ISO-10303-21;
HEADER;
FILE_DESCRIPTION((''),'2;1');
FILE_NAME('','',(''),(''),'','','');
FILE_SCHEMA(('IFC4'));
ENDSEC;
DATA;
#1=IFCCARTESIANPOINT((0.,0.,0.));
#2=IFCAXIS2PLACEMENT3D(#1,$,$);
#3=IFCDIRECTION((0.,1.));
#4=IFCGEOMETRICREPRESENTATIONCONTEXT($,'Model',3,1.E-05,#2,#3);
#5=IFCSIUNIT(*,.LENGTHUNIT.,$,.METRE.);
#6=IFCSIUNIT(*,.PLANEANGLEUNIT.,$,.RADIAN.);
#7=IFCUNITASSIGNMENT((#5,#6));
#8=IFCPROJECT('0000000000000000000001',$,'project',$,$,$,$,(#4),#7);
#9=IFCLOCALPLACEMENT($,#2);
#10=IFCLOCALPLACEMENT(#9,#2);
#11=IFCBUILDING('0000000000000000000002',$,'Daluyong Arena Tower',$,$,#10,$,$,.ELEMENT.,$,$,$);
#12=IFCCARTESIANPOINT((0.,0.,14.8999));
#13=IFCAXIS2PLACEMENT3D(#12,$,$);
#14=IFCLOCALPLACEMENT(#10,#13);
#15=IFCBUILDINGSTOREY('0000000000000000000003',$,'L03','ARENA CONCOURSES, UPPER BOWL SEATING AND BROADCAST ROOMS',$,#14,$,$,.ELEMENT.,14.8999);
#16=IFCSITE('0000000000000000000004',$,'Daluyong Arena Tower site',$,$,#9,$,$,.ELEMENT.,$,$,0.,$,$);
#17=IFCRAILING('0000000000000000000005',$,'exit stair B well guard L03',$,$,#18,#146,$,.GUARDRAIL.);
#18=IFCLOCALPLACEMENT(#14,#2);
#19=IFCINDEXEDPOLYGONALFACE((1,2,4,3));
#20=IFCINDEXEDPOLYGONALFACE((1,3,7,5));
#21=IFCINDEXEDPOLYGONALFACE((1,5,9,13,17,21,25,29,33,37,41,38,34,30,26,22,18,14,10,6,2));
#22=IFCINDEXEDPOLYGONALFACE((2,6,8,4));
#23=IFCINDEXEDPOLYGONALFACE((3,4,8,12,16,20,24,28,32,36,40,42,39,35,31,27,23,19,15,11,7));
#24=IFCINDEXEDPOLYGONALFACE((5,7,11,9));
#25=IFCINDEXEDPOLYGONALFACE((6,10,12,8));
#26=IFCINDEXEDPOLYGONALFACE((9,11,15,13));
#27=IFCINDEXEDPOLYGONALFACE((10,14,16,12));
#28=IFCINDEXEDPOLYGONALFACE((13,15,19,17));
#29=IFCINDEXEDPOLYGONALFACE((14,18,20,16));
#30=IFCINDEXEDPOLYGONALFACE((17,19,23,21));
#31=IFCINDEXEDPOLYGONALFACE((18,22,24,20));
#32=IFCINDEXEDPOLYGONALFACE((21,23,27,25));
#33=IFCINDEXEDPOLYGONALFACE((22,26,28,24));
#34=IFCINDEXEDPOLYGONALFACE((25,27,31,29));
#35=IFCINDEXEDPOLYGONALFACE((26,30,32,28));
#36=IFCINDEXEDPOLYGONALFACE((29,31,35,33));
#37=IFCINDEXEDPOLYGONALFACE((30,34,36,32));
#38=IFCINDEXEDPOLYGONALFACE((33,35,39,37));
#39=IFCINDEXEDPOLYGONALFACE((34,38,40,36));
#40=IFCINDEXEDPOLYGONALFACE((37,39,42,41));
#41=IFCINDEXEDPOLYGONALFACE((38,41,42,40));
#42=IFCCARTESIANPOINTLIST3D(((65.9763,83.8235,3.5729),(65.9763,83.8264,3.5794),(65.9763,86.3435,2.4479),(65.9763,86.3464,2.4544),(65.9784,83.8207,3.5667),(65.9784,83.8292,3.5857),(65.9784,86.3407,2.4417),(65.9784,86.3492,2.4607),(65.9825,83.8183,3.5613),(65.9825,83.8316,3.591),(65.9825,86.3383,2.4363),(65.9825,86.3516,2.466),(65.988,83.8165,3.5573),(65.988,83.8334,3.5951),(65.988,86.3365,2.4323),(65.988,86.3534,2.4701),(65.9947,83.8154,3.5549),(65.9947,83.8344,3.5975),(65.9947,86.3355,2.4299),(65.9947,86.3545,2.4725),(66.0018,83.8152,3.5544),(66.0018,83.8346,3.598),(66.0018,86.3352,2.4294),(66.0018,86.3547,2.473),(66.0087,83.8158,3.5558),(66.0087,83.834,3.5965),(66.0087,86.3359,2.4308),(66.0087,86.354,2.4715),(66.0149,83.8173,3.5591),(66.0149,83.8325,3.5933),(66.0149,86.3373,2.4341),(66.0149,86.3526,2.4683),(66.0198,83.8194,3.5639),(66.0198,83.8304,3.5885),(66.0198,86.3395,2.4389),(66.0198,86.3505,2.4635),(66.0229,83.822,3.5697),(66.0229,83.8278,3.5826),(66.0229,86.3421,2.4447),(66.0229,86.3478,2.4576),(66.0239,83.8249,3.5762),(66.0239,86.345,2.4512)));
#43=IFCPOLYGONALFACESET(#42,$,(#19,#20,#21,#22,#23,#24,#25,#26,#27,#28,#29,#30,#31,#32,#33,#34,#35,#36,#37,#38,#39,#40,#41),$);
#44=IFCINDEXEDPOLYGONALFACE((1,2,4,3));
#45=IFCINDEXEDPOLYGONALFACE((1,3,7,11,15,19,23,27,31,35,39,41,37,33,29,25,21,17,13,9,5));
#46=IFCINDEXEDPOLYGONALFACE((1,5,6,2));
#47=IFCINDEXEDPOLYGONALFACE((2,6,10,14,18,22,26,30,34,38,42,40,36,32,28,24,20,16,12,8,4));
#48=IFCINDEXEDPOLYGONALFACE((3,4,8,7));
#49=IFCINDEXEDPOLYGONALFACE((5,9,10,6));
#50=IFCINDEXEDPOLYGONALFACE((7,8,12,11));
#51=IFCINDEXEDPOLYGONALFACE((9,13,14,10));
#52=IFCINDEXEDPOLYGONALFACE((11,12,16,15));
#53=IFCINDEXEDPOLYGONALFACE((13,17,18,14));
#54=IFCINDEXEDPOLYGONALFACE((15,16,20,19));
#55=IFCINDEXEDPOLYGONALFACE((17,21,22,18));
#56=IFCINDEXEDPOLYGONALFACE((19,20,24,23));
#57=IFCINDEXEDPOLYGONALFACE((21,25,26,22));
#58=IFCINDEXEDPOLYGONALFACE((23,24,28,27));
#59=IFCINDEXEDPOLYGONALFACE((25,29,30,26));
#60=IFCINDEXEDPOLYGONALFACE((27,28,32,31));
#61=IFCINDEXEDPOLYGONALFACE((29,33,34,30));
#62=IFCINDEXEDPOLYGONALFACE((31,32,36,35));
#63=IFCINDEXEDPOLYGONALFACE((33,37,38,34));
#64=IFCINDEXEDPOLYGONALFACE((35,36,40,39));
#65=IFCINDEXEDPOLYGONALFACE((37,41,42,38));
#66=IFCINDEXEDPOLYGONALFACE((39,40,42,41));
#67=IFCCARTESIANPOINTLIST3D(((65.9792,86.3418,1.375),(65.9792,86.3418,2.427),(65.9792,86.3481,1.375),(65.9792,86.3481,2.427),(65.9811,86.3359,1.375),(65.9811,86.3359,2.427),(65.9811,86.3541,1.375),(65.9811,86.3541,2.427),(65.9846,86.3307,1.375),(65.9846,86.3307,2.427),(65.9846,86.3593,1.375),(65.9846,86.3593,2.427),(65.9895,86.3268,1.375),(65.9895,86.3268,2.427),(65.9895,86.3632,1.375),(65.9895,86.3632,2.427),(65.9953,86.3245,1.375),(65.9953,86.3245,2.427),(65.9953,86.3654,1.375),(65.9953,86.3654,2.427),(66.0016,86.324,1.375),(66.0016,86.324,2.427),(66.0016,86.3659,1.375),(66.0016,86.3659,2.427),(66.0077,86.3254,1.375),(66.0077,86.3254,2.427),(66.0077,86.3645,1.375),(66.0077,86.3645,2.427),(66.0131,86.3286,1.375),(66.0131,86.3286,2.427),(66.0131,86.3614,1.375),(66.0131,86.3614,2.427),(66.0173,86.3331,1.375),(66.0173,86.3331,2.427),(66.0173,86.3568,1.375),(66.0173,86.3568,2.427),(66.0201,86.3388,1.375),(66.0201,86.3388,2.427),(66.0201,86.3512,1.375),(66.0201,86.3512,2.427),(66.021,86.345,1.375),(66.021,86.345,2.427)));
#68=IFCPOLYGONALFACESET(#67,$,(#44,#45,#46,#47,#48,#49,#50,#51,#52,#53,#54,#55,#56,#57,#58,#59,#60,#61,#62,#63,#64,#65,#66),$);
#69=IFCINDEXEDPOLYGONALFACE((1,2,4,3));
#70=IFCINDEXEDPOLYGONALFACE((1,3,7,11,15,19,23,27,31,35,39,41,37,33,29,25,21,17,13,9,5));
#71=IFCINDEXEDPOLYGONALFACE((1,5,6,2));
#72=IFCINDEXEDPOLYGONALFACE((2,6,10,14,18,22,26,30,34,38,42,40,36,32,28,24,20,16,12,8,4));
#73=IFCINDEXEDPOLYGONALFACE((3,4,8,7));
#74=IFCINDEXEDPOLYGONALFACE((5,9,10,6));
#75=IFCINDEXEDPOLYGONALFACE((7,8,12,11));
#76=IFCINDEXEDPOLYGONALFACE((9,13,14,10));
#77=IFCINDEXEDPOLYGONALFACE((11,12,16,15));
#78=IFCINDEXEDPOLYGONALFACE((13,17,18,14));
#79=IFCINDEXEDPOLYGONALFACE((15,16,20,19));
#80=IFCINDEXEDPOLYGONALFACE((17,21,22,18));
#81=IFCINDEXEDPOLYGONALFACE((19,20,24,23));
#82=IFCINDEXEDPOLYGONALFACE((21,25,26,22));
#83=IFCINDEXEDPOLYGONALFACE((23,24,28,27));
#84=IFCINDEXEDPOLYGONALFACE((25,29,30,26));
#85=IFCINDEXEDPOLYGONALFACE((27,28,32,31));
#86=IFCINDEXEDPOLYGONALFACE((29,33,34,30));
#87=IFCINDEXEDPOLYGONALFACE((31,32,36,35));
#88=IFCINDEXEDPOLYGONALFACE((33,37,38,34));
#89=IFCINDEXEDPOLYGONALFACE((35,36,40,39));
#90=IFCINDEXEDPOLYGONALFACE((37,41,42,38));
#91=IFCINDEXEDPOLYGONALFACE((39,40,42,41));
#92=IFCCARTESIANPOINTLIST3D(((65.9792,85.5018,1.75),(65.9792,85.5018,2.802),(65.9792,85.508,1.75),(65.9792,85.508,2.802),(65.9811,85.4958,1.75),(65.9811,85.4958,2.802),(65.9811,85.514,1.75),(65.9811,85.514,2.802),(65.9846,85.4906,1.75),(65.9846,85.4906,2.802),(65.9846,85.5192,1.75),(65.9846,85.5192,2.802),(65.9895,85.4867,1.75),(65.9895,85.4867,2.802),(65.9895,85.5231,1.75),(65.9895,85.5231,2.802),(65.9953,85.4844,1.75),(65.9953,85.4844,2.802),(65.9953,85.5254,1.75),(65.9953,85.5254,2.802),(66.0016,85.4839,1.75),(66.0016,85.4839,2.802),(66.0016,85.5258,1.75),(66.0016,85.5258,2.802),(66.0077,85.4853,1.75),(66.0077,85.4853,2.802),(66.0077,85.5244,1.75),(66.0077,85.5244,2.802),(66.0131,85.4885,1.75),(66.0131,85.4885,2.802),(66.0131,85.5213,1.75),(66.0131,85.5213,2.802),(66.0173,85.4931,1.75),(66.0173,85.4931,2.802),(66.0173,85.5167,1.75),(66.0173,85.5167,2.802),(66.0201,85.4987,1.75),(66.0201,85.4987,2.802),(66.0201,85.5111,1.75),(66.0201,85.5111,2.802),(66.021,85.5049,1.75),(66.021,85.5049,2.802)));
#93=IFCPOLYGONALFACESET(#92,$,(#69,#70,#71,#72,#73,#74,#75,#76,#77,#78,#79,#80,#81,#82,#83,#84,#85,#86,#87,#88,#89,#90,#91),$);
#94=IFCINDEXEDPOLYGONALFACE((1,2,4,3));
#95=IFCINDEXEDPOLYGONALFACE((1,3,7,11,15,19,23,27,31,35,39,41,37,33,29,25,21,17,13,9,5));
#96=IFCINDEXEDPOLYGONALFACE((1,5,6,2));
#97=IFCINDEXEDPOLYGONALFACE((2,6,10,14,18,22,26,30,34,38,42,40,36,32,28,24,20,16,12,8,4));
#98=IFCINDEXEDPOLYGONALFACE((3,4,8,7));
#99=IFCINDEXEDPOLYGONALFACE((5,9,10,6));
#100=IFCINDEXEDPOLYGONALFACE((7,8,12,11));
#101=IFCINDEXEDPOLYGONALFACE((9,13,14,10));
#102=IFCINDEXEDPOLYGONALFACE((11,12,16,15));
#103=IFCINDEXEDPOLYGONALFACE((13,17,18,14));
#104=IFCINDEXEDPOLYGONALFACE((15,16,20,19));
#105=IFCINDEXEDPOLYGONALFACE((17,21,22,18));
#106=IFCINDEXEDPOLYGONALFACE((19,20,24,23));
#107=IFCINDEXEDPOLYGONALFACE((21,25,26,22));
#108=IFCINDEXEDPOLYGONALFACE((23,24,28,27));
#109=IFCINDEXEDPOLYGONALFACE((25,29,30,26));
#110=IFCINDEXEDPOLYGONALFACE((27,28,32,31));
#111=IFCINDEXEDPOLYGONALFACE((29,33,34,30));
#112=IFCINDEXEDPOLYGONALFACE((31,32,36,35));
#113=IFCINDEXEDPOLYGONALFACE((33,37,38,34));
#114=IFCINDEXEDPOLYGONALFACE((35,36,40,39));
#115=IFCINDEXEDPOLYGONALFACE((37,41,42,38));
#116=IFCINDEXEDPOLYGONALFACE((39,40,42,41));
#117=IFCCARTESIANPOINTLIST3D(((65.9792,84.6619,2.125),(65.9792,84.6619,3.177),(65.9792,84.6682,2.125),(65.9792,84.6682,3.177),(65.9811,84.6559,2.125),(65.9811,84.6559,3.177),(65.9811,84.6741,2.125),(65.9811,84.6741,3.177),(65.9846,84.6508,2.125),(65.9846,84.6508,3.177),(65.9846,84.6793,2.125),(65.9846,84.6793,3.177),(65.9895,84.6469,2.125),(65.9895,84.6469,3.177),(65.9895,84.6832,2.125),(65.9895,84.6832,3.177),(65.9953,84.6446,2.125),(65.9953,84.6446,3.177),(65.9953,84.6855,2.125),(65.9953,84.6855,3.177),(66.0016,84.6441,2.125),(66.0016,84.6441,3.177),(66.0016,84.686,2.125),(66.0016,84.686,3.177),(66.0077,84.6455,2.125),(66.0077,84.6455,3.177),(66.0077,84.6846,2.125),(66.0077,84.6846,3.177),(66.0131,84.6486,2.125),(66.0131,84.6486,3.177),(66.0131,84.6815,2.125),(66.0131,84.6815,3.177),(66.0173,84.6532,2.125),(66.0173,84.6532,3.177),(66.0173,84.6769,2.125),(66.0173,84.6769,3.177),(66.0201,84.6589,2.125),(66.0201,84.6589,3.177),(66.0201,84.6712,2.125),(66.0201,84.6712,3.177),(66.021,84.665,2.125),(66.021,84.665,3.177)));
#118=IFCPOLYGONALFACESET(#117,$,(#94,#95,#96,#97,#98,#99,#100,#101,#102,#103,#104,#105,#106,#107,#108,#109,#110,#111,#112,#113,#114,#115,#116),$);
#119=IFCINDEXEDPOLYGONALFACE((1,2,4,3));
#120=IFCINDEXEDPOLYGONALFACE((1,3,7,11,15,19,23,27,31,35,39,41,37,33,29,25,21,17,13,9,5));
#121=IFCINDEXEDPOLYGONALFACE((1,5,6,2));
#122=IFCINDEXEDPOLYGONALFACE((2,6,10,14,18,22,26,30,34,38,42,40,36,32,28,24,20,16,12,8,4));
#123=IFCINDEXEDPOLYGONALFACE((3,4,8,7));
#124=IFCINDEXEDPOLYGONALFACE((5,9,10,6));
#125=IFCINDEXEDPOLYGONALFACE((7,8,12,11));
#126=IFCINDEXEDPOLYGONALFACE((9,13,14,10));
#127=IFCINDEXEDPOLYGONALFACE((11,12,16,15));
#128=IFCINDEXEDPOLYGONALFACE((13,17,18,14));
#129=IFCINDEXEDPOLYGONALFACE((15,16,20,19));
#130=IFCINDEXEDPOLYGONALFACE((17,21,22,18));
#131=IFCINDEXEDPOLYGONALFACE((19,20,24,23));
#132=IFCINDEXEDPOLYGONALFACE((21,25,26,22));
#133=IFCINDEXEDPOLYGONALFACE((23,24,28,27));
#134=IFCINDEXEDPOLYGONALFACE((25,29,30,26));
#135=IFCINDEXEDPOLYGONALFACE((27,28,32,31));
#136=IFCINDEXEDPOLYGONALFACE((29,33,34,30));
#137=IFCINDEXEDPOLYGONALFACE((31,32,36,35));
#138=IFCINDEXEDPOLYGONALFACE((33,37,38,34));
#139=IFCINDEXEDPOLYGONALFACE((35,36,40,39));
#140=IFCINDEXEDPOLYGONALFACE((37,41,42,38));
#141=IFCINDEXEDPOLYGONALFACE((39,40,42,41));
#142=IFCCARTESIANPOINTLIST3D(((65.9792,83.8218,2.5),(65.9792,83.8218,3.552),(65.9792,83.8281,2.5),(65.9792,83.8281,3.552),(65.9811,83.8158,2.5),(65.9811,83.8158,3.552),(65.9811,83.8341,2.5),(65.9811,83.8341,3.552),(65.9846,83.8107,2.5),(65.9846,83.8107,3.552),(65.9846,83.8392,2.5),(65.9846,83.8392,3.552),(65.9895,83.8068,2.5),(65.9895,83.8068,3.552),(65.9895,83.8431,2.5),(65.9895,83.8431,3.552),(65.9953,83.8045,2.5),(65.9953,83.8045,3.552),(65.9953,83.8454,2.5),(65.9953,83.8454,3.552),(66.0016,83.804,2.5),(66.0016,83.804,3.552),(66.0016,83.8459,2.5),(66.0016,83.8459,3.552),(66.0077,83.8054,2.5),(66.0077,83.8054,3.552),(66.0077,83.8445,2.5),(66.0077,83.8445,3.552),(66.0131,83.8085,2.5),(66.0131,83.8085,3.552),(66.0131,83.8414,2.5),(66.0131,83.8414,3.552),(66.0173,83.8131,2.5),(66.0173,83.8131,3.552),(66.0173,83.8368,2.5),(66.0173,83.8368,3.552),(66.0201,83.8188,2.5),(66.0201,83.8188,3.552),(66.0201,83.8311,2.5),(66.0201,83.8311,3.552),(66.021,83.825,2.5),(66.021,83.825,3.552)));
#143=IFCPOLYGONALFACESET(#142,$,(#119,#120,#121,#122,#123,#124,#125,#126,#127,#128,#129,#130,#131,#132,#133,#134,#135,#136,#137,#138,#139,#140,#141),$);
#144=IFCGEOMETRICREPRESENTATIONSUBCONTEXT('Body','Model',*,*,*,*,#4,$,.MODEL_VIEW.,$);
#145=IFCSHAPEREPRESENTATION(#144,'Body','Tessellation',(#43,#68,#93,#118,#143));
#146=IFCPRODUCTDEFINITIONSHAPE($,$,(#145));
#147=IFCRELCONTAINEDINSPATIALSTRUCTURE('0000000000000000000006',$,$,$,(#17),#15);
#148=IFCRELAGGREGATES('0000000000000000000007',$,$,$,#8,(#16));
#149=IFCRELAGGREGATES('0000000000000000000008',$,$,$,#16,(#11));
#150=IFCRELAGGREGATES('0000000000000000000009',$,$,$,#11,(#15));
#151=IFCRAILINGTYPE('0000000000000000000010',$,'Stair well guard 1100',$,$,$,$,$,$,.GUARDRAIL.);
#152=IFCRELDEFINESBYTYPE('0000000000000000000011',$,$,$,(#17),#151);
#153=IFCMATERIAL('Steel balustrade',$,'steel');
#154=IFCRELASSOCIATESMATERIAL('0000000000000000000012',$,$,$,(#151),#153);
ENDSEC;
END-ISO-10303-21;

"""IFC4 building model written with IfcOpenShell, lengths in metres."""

from ifc_helpers import new_model, si_unit, direction, frame, origin, origin_2d, place, context, subcontext, project, spatial, circle, extrude, material, type_object, element, save


model = new_model("IFC4")

# Units and contexts
model_context = context("Model", 3, precision=1e-05, world=origin(), true_north=direction((0.0, 1.0)))
body_context = subcontext(model_context, "Body", "Model", "MODEL_VIEW")
ifc_project = project(units=[si_unit("LENGTHUNIT", "METRE"), si_unit("PLANEANGLEUNIT", "RADIAN")], contexts=[model_context])

# Site, building, storey
site_placement = place(None, origin())
site = spatial("IfcSite", under=ifc_project, at=site_placement, Name="Daluyong Arena Tower site", CompositionType="ELEMENT", RefElevation=0.0)
building_placement = place(site_placement, origin())
building = spatial("IfcBuilding", under=site, at=building_placement, Name="Daluyong Arena Tower", CompositionType="ELEMENT")
storey_placement = place(building_placement, frame((0.0, 0.0, 14.8999)))
storey = spatial("IfcBuildingStorey", under=building, at=storey_placement, Name="L03", Description="ARENA CONCOURSES, UPPER BOWL SEATING AND BROADCAST ROOMS", CompositionType="ELEMENT", Elevation=14.8999)

# Railing
ifc_material_1 = material(Name="Steel balustrade", Category="steel")
railing_type_1 = type_object("IfcRailingType", Name="Stair well guard 1100", PredefinedType="GUARDRAIL", material=ifc_material_1)
for number, where, name in (
    (1, (66.0, 86.345, 1.375), "exit stair B well guard L03"),
):
    element("IfcRailing", number, at=place(storey_placement, frame(where)), inside=storey, type_object=railing_type_1, Name=name, PredefinedType="GUARDRAIL", context=body_context, shape_type="SweptSolid", body=[
        extrude(circle(Radius=0.0239, at=origin_2d()), frame((0.0, 0.0, 1.0762), z_axis=(0.0, -0.913139, 0.407648), x_axis=(1.0, 0.0, 0.0)), (0.0, 0.0, 1.0), 2.7598),
        extrude(circle(Radius=0.021, at=origin_2d()), origin(), (0.0, 0.0, 1.0), 1.052),
        extrude(circle(Radius=0.021, at=origin_2d()), frame((0.0, -0.8401, 0.375)), (0.0, 0.0, 1.0), 1.052),
        extrude(circle(Radius=0.021, at=origin_2d()), frame((0.0, -1.6799, 0.75)), (0.0, 0.0, 1.0), 1.052),
        extrude(circle(Radius=0.021, at=origin_2d()), frame((0.0, -2.52, 1.125)), (0.0, 0.0, 1.0), 1.052),
    ])

save(model, "model.ifc")
